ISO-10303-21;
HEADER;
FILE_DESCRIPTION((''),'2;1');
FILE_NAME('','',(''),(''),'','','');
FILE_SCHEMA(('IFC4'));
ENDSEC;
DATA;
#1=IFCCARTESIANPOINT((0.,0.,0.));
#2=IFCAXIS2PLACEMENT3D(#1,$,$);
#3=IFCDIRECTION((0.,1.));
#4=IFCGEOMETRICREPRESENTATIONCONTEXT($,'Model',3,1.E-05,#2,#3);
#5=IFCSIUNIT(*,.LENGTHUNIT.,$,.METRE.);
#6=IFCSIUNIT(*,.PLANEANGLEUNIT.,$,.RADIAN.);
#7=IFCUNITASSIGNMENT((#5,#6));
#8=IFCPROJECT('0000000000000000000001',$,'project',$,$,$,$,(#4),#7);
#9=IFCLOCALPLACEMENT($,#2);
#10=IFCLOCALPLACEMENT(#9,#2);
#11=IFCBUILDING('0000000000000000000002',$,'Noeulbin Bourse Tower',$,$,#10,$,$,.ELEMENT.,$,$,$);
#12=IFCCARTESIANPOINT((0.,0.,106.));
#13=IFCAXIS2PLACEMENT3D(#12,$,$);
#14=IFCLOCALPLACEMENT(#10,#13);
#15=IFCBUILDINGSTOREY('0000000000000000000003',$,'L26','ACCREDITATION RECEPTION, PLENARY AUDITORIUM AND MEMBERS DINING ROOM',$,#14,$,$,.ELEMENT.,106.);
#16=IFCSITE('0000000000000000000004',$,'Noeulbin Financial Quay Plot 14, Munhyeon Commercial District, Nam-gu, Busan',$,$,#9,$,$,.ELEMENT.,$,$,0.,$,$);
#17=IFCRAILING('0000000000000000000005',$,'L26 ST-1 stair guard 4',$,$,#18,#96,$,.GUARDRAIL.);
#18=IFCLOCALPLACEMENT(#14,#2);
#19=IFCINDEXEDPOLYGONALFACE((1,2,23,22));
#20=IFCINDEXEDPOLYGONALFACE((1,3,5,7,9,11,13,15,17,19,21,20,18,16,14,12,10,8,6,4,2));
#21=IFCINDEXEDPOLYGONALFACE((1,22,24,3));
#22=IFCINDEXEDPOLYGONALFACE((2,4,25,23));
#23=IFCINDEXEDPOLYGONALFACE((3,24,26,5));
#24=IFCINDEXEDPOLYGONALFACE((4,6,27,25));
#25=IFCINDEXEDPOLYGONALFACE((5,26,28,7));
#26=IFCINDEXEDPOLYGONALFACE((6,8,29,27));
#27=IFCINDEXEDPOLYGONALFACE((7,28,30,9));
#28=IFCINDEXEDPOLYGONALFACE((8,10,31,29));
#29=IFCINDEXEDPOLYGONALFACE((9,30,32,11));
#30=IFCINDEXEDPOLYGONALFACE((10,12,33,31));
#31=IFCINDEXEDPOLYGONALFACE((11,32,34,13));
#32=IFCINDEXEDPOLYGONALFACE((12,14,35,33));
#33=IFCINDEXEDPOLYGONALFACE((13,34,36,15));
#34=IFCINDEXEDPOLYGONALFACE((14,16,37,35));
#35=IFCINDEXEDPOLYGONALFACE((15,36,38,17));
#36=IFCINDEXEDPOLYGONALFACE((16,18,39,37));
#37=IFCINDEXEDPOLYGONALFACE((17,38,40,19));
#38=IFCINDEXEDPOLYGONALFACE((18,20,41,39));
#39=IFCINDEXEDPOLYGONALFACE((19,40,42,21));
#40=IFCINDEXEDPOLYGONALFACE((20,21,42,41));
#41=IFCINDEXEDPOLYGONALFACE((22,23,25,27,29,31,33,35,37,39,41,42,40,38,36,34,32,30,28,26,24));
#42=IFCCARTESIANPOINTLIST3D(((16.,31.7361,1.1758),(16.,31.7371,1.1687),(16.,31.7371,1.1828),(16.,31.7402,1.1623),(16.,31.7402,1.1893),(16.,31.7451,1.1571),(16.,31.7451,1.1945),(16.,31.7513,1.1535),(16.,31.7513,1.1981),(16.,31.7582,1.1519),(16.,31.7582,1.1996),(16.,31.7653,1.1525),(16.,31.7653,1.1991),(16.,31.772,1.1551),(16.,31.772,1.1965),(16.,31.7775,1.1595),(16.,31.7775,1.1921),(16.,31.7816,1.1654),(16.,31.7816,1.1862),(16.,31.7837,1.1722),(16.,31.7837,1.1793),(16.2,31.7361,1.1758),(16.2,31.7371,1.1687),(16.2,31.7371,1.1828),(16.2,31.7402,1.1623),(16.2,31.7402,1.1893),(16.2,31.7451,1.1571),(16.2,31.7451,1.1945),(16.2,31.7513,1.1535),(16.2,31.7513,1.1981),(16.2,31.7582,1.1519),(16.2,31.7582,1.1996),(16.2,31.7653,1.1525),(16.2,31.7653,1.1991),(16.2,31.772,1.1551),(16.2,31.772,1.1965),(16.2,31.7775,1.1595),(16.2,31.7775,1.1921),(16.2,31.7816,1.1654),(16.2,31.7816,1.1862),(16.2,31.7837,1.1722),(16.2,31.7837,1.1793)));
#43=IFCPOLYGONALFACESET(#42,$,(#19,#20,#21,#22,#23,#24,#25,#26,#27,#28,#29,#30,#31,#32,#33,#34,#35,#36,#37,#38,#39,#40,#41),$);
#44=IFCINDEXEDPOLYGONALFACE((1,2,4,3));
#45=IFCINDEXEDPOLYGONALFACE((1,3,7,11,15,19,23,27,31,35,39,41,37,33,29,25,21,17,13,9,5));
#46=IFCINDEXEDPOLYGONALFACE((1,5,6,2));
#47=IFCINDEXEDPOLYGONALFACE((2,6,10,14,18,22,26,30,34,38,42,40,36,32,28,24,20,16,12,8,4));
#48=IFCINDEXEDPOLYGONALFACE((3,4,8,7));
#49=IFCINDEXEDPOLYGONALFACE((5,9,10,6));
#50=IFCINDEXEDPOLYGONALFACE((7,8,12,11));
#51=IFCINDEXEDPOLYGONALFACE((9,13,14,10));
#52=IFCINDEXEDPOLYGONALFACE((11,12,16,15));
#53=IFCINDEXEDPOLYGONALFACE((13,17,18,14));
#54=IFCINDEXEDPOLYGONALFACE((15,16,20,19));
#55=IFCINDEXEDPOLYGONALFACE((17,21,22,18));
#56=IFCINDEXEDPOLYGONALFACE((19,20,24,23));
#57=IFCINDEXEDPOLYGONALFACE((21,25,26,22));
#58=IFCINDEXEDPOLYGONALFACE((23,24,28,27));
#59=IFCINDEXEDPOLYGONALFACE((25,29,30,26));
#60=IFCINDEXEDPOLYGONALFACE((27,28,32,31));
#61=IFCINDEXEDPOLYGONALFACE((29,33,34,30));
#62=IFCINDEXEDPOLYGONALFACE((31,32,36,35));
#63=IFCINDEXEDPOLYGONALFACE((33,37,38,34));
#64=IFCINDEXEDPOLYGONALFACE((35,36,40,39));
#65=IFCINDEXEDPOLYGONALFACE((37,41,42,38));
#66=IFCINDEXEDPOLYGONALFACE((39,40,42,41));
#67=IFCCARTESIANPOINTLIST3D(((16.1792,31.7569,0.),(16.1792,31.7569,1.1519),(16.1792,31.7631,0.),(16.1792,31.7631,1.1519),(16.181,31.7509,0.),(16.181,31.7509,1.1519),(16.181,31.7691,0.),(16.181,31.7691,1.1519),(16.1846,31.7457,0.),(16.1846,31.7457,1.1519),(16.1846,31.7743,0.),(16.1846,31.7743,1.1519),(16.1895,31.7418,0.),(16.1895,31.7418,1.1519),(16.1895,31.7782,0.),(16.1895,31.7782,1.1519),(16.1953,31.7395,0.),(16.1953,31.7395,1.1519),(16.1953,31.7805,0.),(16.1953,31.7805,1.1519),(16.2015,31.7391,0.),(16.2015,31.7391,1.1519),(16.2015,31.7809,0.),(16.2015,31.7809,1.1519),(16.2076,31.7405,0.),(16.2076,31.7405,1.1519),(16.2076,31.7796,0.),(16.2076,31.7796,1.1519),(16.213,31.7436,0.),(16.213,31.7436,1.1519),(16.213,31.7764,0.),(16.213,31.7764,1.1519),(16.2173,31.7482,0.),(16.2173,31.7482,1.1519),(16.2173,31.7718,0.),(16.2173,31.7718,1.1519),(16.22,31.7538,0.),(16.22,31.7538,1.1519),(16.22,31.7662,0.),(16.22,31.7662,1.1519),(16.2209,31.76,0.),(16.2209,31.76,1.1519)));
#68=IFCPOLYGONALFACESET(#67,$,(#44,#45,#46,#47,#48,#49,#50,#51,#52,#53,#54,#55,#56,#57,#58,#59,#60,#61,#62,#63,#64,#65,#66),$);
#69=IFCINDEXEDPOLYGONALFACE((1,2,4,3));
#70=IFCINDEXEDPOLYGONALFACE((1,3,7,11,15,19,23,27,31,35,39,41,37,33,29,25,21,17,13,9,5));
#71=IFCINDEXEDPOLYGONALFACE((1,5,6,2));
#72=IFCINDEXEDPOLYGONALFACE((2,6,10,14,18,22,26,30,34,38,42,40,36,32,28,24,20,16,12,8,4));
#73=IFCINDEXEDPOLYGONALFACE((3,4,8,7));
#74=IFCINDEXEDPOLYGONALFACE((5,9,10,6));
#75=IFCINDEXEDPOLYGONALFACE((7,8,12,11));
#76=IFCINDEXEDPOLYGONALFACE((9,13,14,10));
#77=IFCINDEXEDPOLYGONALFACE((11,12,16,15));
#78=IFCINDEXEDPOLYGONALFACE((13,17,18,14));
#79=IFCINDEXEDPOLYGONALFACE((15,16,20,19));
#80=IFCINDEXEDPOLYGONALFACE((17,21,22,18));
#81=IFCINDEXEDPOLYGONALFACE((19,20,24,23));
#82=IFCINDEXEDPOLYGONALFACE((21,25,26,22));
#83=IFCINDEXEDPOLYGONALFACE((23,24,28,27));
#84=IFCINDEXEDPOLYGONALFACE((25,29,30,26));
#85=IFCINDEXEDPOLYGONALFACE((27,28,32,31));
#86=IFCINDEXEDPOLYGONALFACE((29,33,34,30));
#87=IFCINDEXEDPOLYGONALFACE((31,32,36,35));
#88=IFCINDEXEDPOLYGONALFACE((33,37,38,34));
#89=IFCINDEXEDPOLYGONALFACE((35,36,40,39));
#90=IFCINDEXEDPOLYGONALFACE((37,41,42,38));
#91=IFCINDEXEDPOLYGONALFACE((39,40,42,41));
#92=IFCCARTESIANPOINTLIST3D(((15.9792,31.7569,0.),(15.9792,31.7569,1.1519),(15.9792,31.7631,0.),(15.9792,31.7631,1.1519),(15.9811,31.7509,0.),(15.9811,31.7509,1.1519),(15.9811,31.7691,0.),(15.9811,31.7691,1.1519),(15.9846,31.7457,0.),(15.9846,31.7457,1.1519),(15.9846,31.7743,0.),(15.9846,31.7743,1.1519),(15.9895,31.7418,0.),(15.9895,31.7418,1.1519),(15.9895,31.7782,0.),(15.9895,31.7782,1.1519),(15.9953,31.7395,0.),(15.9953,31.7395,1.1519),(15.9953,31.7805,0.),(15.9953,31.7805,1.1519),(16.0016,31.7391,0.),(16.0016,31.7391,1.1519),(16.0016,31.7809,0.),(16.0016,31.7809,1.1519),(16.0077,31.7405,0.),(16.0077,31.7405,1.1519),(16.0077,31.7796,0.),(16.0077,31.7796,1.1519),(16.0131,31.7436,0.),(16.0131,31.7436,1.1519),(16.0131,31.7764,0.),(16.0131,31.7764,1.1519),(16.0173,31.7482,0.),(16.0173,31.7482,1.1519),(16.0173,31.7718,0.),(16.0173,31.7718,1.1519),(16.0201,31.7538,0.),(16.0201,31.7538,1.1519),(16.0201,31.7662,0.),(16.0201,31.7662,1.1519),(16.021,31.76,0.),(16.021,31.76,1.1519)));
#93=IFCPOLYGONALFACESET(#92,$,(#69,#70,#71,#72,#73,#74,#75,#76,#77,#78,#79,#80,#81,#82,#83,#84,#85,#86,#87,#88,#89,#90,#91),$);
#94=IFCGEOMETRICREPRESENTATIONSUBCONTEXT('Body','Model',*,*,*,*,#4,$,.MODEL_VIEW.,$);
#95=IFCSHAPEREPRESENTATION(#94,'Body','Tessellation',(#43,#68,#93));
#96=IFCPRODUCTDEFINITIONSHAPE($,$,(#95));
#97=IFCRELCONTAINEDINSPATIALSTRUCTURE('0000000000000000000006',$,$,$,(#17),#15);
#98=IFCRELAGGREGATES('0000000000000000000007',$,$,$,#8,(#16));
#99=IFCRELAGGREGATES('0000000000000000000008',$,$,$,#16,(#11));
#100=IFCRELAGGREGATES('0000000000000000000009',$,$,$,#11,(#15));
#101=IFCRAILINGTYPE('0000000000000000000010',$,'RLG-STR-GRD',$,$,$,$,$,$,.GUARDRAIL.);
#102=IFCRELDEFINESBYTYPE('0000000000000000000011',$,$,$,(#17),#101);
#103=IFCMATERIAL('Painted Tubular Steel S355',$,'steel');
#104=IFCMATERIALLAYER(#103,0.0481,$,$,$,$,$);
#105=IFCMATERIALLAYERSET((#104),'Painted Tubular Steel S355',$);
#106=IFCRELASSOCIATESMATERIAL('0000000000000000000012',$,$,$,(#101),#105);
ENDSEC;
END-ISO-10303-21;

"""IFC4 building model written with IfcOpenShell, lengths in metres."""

from ifc_helpers import new_model, si_unit, direction, frame, origin, origin_2d, place, context, subcontext, project, spatial, circle, extrude, material, layer, layer_set, type_object, element, save


model = new_model("IFC4")

# Units and contexts
model_context = context("Model", 3, precision=1e-05, world=origin(), true_north=direction((0.0, 1.0)))
body_context = subcontext(model_context, "Body", "Model", "MODEL_VIEW")
ifc_project = project(units=[si_unit("LENGTHUNIT", "METRE"), si_unit("PLANEANGLEUNIT", "RADIAN")], contexts=[model_context])

# Site, building, storey
site_placement = place(None, origin())
site = spatial("IfcSite", under=ifc_project, at=site_placement, Name="Noeulbin Financial Quay Plot 14, Munhyeon Commercial District, Nam-gu, Busan", CompositionType="ELEMENT", RefElevation=0.0)
building_placement = place(site_placement, origin())
building = spatial("IfcBuilding", under=site, at=building_placement, Name="Noeulbin Bourse Tower", CompositionType="ELEMENT")
storey_placement = place(building_placement, frame((0.0, 0.0, 106.0)))
storey = spatial("IfcBuildingStorey", under=building, at=storey_placement, Name="L26", Description="ACCREDITATION RECEPTION, PLENARY AUDITORIUM AND MEMBERS DINING ROOM", CompositionType="ELEMENT", Elevation=106.0)

# Railing
ifc_material_1 = material(Name="Painted Tubular Steel S355", Category="steel")
ifc_layer_1 = layer(ifc_material_1, 0.0481)
ifc_layer_set_1 = layer_set([ifc_layer_1], Name="Painted Tubular Steel S355")
railing_type_1 = type_object("IfcRailingType", Name="RLG-STR-GRD", PredefinedType="GUARDRAIL", material=ifc_layer_set_1)
railing_1_placement = place(storey_placement, frame((16.2, 31.76, 0.0)))
element("IfcRailing", 1, at=railing_1_placement, inside=storey, type_object=railing_type_1, Name="L26 ST-1 stair guard 4", PredefinedType="GUARDRAIL", context=body_context, shape_type="SweptSolid", body=[
    extrude(circle(Radius=0.0239, at=origin_2d()), frame((0.0, 0.0, 1.1758), z_axis=(-1.0, 0.0, 0.0), x_axis=(0.0, -1.0, 0.0)), (0.0, 0.0, 1.0), 0.2),
    extrude(circle(Radius=0.021, at=origin_2d()), origin(), (0.0, 0.0, 1.0), 1.1519),
    extrude(circle(Radius=0.021, at=origin_2d()), frame((-0.2, 0.0, 0.0)), (0.0, 0.0, 1.0), 1.1519),
])

save(model, "model.ifc")
